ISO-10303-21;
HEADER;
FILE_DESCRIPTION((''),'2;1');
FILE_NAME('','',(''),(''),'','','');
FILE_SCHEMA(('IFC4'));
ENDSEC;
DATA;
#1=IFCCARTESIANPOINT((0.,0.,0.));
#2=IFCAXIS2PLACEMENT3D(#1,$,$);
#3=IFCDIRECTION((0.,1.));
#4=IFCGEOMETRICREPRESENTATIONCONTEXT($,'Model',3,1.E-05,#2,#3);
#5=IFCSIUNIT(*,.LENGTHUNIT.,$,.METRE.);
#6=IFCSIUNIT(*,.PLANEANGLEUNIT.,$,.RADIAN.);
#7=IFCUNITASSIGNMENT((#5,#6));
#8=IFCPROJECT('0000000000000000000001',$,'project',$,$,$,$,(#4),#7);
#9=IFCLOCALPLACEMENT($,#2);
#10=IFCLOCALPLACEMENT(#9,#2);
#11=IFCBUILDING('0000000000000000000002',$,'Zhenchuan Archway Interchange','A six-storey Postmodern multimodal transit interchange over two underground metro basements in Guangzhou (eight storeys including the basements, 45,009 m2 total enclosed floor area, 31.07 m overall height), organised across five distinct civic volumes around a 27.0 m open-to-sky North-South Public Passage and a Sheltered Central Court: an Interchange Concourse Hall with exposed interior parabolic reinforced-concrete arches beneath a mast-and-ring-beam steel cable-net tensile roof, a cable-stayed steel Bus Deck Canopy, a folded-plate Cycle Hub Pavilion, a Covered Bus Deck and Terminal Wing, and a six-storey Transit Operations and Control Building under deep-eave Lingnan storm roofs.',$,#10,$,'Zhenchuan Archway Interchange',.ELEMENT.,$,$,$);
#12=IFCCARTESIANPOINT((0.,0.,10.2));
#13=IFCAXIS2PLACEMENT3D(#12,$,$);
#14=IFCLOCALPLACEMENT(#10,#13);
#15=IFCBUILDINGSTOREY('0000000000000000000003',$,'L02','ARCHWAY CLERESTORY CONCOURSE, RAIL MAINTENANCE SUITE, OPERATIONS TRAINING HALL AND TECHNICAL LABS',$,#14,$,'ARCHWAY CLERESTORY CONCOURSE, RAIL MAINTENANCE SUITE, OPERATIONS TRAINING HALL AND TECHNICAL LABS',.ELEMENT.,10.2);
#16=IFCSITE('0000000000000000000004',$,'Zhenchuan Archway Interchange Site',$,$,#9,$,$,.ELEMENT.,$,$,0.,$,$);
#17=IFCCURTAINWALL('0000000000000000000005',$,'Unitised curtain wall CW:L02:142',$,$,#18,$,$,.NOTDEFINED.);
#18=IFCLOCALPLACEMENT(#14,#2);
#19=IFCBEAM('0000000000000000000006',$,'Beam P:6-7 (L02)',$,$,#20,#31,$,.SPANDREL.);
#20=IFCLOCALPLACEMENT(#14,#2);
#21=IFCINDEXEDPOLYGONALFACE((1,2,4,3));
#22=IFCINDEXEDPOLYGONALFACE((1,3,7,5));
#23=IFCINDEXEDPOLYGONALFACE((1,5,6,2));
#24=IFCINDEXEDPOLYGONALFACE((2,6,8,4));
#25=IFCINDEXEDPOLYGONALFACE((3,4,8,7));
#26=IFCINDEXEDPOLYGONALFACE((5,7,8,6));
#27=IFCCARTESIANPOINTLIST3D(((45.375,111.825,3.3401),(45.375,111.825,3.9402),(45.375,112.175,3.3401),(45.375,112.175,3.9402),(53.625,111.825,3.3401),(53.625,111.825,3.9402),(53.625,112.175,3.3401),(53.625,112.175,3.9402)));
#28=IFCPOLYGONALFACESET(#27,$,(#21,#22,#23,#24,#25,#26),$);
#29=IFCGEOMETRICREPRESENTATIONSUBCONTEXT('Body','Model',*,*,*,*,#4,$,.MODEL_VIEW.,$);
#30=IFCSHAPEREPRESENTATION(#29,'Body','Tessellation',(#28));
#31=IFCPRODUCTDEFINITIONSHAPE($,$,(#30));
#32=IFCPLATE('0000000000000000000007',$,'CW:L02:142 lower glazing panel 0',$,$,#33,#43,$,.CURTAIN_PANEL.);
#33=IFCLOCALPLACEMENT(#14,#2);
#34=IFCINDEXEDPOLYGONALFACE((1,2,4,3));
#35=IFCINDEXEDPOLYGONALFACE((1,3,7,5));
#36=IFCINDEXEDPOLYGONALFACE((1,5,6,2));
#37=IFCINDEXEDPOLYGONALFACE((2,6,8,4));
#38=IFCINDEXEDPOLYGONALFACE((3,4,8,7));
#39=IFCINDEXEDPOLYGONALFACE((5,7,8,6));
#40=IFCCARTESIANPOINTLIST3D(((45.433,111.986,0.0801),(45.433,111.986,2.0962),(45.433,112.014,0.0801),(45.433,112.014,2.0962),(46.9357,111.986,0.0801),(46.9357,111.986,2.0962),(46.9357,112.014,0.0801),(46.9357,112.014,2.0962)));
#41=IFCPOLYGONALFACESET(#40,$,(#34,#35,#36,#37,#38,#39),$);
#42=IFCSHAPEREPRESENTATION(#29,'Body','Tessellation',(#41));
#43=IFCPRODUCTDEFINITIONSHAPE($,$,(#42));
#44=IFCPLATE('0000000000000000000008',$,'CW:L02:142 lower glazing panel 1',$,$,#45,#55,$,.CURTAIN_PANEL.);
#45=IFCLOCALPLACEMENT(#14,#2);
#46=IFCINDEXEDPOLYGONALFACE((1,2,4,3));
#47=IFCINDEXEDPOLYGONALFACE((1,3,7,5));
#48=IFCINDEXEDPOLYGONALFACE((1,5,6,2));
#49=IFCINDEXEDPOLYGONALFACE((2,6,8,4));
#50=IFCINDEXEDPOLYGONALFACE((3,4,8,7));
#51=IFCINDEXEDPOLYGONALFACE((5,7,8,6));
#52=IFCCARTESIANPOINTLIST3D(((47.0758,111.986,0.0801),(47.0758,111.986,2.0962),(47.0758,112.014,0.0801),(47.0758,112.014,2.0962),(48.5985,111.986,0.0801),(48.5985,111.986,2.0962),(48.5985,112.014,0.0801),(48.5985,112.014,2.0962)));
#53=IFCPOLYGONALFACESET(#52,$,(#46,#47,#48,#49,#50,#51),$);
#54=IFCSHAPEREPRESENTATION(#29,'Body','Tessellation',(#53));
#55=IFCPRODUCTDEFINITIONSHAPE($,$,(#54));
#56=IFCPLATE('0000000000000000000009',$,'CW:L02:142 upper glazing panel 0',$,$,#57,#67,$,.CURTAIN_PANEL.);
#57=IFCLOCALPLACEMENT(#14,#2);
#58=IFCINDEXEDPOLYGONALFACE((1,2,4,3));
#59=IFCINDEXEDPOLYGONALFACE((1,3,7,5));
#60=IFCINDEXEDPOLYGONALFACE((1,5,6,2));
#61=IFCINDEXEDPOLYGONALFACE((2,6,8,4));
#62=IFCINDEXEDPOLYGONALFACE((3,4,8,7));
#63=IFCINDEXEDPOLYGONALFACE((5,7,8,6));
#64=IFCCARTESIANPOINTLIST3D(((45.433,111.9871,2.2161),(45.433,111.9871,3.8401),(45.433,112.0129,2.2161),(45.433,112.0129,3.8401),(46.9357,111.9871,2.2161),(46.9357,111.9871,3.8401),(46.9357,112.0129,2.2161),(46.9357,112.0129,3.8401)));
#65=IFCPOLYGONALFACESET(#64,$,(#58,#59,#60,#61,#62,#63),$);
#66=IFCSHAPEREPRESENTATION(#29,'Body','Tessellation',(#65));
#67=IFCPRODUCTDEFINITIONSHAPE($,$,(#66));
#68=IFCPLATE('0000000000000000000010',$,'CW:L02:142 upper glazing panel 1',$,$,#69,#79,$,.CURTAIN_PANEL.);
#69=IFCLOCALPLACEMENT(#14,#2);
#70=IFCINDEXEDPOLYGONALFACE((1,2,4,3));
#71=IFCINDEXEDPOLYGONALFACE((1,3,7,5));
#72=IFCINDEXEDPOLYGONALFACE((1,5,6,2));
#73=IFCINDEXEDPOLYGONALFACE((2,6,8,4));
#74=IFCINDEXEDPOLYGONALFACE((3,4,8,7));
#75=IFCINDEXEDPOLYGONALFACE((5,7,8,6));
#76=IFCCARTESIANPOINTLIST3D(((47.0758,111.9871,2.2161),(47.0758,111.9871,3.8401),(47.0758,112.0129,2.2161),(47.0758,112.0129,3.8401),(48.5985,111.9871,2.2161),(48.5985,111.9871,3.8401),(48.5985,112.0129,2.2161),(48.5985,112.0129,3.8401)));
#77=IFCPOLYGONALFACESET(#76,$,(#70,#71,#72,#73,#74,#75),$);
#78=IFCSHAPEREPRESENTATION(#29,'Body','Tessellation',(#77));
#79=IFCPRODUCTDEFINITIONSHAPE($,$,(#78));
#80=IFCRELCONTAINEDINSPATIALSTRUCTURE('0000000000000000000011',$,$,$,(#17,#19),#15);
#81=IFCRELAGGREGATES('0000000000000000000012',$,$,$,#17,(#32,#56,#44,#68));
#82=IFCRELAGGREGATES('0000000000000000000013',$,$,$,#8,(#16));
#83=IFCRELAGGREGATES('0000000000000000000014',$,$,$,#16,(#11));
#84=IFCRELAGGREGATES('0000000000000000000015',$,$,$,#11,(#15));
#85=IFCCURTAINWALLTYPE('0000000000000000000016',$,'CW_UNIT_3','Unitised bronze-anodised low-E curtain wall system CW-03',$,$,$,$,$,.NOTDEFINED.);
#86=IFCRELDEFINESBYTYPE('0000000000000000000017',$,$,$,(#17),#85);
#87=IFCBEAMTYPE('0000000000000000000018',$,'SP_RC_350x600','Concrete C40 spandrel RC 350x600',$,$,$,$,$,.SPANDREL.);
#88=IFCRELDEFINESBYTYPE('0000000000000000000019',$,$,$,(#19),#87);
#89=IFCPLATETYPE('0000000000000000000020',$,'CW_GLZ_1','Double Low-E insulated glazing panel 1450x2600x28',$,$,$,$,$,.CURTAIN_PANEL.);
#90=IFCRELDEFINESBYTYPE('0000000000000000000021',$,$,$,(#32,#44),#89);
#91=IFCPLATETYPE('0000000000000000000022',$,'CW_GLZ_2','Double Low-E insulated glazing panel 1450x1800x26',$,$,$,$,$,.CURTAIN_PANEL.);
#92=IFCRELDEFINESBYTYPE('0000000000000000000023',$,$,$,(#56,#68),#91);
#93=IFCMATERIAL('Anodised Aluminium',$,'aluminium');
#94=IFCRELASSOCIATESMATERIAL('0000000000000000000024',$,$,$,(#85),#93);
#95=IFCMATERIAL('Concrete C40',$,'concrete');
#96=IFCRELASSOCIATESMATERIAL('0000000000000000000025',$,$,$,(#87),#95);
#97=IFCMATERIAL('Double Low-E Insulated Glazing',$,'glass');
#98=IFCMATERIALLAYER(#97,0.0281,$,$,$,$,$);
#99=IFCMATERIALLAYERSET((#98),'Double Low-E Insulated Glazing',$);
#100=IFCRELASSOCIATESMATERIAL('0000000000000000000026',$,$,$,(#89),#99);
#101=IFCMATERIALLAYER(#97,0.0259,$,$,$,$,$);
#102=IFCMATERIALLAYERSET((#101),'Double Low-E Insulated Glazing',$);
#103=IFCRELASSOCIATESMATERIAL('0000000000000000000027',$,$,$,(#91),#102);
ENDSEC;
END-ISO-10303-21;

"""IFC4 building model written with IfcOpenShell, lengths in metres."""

from ifc_helpers import new_model, si_unit, direction, frame, origin, origin_2d, place, context, subcontext, project, spatial, rectangle, extrude, material, layer, layer_set, material_profile, profile_set, type_object, element, aggregate, save


model = new_model("IFC4")

# Units and contexts
model_context = context("Model", 3, precision=1e-05, world=origin(), true_north=direction((0.0, 1.0)))
body_context = subcontext(model_context, "Body", "Model", "MODEL_VIEW")
ifc_project = project(units=[si_unit("LENGTHUNIT", "METRE"), si_unit("PLANEANGLEUNIT", "RADIAN")], contexts=[model_context])

# Site, building, storey
site_placement = place(None, origin())
site = spatial("IfcSite", under=ifc_project, at=site_placement, Name="Zhenchuan Archway Interchange Site", CompositionType="ELEMENT", RefElevation=0.0)
building_placement = place(site_placement, origin())
building = spatial("IfcBuilding", under=site, at=building_placement, Name="Zhenchuan Archway Interchange", Description="A six-storey Postmodern multimodal transit interchange over two underground metro basements in Guangzhou (eight storeys including the basements, 45,009 m2 total enclosed floor area, 31.07 m overall height), organised across five distinct civic volumes around a 27.0 m open-to-sky North-South Public Passage and a Sheltered Central Court: an Interchange Concourse Hall with exposed interior parabolic reinforced-concrete arches beneath a mast-and-ring-beam steel cable-net tensile roof, a cable-stayed steel Bus Deck Canopy, a folded-plate Cycle Hub Pavilion, a Covered Bus Deck and Terminal Wing, and a six-storey Transit Operations and Control Building under deep-eave Lingnan storm roofs.", LongName="Zhenchuan Archway Interchange", CompositionType="ELEMENT")
storey_placement = place(building_placement, frame((0.0, 0.0, 10.2)))
storey = spatial("IfcBuildingStorey", under=building, at=storey_placement, Name="L02", Description="ARCHWAY CLERESTORY CONCOURSE, RAIL MAINTENANCE SUITE, OPERATIONS TRAINING HALL AND TECHNICAL LABS", LongName="ARCHWAY CLERESTORY CONCOURSE, RAIL MAINTENANCE SUITE, OPERATIONS TRAINING HALL AND TECHNICAL LABS", CompositionType="ELEMENT", Elevation=10.2)

# Shared definitions
ifc_material_1 = material(Name="Concrete C40", Category="concrete")

# Curtain wall
ifc_material_2 = material(Name="Anodised Aluminium", Category="aluminium")
curtain_wall_type = type_object("IfcCurtainWallType", Name="CW_UNIT_3", Description="Unitised bronze-anodised low-E curtain wall system CW-03", PredefinedType="NOTDEFINED", material=ifc_material_2)
curtain_wall_placement = place(storey_placement, origin())
curtain_wall = element("IfcCurtainWall", 1, at=curtain_wall_placement, inside=storey, type_object=curtain_wall_type, Name="Unitised curtain wall CW:L02:142", PredefinedType="NOTDEFINED")

# Beam
ifc_material_profile_1 = material_profile(ifc_material_1, rectangle(XDim=0.3501, YDim=0.6001, at=origin_2d()), Name="RC 350x600")
ifc_profile_set_1 = profile_set([ifc_material_profile_1], Name="Concrete C40")
beam_type_1 = type_object("IfcBeamType", Name="SP_RC_350x600", Description="Concrete C40 spandrel RC 350x600", PredefinedType="SPANDREL", material=ifc_profile_set_1)
beam_1_placement = place(storey_placement, frame((45.375, 112.0, 3.6401), z_axis=(1.0, 0.0, 0.0), x_axis=(0.0, 1.0, 0.0)))
element("IfcBeam", 2, at=beam_1_placement, inside=storey, type_object=beam_type_1, Name="Beam P:6-7 (L02)", PredefinedType="SPANDREL", context=body_context, shape_type="SweptSolid", body=[
    extrude(rectangle(XDim=0.3501, YDim=0.6001, at=origin_2d()), origin(), (0.0, 0.0, 1.0), 8.25),
])

# Plates
ifc_material_3 = material(Name="Double Low-E Insulated Glazing", Category="glass")
ifc_layer_1 = layer(ifc_material_3, 0.0281)
ifc_layer_set_1 = layer_set([ifc_layer_1], Name="Double Low-E Insulated Glazing")
plate_type_1 = type_object("IfcPlateType", Name="CW_GLZ_1", Description="Double Low-E insulated glazing panel 1450x2600x28", PredefinedType="CURTAIN_PANEL", material=ifc_layer_set_1)
plate_1_placement = place(storey_placement, frame((46.1843, 112.0, 0.0801), z_axis=(0.0, 0.0, 1.0), x_axis=(1.0, 0.0, 0.0)))
plate_1 = element("IfcPlate", 3, at=plate_1_placement, type_object=plate_type_1, Name="CW:L02:142 lower glazing panel 0", PredefinedType="CURTAIN_PANEL", context=body_context, shape_type="SweptSolid", body=[
    extrude(rectangle(XDim=1.5027, YDim=0.0281, at=origin_2d()), origin(), (0.0, 0.0, 1.0), 2.0161),
])
plate_2_placement = place(storey_placement, frame((47.8372, 112.0, 0.0801), z_axis=(0.0, 0.0, 1.0), x_axis=(1.0, 0.0, 0.0)))
plate_2 = element("IfcPlate", 4, at=plate_2_placement, type_object=plate_type_1, Name="CW:L02:142 lower glazing panel 1", PredefinedType="CURTAIN_PANEL", context=body_context, shape_type="SweptSolid", body=[
    extrude(rectangle(XDim=1.5227, YDim=0.0281, at=origin_2d()), origin(), (0.0, 0.0, 1.0), 2.0161),
])
ifc_layer_2 = layer(ifc_material_3, 0.0259)
ifc_layer_set_2 = layer_set([ifc_layer_2], Name="Double Low-E Insulated Glazing")
plate_type_2 = type_object("IfcPlateType", Name="CW_GLZ_2", Description="Double Low-E insulated glazing panel 1450x1800x26", PredefinedType="CURTAIN_PANEL", material=ifc_layer_set_2)
plate_3_placement = place(storey_placement, frame((46.1843, 112.0, 2.2161), z_axis=(0.0, 0.0, 1.0), x_axis=(1.0, 0.0, 0.0)))
plate_3 = element("IfcPlate", 5, at=plate_3_placement, type_object=plate_type_2, Name="CW:L02:142 upper glazing panel 0", PredefinedType="CURTAIN_PANEL", context=body_context, shape_type="SweptSolid", body=[
    extrude(rectangle(XDim=1.5027, YDim=0.0259, at=origin_2d()), origin(), (0.0, 0.0, 1.0), 1.624),
])
plate_4_placement = place(storey_placement, frame((47.8372, 112.0, 2.2161), z_axis=(0.0, 0.0, 1.0), x_axis=(1.0, 0.0, 0.0)))
plate_4 = element("IfcPlate", 6, at=plate_4_placement, type_object=plate_type_2, Name="CW:L02:142 upper glazing panel 1", PredefinedType="CURTAIN_PANEL", context=body_context, shape_type="SweptSolid", body=[
    extrude(rectangle(XDim=1.5227, YDim=0.0259, at=origin_2d()), origin(), (0.0, 0.0, 1.0), 1.624),
])
aggregate(curtain_wall, [plate_1, plate_3, plate_2, plate_4])

save(model, "model.ifc")
